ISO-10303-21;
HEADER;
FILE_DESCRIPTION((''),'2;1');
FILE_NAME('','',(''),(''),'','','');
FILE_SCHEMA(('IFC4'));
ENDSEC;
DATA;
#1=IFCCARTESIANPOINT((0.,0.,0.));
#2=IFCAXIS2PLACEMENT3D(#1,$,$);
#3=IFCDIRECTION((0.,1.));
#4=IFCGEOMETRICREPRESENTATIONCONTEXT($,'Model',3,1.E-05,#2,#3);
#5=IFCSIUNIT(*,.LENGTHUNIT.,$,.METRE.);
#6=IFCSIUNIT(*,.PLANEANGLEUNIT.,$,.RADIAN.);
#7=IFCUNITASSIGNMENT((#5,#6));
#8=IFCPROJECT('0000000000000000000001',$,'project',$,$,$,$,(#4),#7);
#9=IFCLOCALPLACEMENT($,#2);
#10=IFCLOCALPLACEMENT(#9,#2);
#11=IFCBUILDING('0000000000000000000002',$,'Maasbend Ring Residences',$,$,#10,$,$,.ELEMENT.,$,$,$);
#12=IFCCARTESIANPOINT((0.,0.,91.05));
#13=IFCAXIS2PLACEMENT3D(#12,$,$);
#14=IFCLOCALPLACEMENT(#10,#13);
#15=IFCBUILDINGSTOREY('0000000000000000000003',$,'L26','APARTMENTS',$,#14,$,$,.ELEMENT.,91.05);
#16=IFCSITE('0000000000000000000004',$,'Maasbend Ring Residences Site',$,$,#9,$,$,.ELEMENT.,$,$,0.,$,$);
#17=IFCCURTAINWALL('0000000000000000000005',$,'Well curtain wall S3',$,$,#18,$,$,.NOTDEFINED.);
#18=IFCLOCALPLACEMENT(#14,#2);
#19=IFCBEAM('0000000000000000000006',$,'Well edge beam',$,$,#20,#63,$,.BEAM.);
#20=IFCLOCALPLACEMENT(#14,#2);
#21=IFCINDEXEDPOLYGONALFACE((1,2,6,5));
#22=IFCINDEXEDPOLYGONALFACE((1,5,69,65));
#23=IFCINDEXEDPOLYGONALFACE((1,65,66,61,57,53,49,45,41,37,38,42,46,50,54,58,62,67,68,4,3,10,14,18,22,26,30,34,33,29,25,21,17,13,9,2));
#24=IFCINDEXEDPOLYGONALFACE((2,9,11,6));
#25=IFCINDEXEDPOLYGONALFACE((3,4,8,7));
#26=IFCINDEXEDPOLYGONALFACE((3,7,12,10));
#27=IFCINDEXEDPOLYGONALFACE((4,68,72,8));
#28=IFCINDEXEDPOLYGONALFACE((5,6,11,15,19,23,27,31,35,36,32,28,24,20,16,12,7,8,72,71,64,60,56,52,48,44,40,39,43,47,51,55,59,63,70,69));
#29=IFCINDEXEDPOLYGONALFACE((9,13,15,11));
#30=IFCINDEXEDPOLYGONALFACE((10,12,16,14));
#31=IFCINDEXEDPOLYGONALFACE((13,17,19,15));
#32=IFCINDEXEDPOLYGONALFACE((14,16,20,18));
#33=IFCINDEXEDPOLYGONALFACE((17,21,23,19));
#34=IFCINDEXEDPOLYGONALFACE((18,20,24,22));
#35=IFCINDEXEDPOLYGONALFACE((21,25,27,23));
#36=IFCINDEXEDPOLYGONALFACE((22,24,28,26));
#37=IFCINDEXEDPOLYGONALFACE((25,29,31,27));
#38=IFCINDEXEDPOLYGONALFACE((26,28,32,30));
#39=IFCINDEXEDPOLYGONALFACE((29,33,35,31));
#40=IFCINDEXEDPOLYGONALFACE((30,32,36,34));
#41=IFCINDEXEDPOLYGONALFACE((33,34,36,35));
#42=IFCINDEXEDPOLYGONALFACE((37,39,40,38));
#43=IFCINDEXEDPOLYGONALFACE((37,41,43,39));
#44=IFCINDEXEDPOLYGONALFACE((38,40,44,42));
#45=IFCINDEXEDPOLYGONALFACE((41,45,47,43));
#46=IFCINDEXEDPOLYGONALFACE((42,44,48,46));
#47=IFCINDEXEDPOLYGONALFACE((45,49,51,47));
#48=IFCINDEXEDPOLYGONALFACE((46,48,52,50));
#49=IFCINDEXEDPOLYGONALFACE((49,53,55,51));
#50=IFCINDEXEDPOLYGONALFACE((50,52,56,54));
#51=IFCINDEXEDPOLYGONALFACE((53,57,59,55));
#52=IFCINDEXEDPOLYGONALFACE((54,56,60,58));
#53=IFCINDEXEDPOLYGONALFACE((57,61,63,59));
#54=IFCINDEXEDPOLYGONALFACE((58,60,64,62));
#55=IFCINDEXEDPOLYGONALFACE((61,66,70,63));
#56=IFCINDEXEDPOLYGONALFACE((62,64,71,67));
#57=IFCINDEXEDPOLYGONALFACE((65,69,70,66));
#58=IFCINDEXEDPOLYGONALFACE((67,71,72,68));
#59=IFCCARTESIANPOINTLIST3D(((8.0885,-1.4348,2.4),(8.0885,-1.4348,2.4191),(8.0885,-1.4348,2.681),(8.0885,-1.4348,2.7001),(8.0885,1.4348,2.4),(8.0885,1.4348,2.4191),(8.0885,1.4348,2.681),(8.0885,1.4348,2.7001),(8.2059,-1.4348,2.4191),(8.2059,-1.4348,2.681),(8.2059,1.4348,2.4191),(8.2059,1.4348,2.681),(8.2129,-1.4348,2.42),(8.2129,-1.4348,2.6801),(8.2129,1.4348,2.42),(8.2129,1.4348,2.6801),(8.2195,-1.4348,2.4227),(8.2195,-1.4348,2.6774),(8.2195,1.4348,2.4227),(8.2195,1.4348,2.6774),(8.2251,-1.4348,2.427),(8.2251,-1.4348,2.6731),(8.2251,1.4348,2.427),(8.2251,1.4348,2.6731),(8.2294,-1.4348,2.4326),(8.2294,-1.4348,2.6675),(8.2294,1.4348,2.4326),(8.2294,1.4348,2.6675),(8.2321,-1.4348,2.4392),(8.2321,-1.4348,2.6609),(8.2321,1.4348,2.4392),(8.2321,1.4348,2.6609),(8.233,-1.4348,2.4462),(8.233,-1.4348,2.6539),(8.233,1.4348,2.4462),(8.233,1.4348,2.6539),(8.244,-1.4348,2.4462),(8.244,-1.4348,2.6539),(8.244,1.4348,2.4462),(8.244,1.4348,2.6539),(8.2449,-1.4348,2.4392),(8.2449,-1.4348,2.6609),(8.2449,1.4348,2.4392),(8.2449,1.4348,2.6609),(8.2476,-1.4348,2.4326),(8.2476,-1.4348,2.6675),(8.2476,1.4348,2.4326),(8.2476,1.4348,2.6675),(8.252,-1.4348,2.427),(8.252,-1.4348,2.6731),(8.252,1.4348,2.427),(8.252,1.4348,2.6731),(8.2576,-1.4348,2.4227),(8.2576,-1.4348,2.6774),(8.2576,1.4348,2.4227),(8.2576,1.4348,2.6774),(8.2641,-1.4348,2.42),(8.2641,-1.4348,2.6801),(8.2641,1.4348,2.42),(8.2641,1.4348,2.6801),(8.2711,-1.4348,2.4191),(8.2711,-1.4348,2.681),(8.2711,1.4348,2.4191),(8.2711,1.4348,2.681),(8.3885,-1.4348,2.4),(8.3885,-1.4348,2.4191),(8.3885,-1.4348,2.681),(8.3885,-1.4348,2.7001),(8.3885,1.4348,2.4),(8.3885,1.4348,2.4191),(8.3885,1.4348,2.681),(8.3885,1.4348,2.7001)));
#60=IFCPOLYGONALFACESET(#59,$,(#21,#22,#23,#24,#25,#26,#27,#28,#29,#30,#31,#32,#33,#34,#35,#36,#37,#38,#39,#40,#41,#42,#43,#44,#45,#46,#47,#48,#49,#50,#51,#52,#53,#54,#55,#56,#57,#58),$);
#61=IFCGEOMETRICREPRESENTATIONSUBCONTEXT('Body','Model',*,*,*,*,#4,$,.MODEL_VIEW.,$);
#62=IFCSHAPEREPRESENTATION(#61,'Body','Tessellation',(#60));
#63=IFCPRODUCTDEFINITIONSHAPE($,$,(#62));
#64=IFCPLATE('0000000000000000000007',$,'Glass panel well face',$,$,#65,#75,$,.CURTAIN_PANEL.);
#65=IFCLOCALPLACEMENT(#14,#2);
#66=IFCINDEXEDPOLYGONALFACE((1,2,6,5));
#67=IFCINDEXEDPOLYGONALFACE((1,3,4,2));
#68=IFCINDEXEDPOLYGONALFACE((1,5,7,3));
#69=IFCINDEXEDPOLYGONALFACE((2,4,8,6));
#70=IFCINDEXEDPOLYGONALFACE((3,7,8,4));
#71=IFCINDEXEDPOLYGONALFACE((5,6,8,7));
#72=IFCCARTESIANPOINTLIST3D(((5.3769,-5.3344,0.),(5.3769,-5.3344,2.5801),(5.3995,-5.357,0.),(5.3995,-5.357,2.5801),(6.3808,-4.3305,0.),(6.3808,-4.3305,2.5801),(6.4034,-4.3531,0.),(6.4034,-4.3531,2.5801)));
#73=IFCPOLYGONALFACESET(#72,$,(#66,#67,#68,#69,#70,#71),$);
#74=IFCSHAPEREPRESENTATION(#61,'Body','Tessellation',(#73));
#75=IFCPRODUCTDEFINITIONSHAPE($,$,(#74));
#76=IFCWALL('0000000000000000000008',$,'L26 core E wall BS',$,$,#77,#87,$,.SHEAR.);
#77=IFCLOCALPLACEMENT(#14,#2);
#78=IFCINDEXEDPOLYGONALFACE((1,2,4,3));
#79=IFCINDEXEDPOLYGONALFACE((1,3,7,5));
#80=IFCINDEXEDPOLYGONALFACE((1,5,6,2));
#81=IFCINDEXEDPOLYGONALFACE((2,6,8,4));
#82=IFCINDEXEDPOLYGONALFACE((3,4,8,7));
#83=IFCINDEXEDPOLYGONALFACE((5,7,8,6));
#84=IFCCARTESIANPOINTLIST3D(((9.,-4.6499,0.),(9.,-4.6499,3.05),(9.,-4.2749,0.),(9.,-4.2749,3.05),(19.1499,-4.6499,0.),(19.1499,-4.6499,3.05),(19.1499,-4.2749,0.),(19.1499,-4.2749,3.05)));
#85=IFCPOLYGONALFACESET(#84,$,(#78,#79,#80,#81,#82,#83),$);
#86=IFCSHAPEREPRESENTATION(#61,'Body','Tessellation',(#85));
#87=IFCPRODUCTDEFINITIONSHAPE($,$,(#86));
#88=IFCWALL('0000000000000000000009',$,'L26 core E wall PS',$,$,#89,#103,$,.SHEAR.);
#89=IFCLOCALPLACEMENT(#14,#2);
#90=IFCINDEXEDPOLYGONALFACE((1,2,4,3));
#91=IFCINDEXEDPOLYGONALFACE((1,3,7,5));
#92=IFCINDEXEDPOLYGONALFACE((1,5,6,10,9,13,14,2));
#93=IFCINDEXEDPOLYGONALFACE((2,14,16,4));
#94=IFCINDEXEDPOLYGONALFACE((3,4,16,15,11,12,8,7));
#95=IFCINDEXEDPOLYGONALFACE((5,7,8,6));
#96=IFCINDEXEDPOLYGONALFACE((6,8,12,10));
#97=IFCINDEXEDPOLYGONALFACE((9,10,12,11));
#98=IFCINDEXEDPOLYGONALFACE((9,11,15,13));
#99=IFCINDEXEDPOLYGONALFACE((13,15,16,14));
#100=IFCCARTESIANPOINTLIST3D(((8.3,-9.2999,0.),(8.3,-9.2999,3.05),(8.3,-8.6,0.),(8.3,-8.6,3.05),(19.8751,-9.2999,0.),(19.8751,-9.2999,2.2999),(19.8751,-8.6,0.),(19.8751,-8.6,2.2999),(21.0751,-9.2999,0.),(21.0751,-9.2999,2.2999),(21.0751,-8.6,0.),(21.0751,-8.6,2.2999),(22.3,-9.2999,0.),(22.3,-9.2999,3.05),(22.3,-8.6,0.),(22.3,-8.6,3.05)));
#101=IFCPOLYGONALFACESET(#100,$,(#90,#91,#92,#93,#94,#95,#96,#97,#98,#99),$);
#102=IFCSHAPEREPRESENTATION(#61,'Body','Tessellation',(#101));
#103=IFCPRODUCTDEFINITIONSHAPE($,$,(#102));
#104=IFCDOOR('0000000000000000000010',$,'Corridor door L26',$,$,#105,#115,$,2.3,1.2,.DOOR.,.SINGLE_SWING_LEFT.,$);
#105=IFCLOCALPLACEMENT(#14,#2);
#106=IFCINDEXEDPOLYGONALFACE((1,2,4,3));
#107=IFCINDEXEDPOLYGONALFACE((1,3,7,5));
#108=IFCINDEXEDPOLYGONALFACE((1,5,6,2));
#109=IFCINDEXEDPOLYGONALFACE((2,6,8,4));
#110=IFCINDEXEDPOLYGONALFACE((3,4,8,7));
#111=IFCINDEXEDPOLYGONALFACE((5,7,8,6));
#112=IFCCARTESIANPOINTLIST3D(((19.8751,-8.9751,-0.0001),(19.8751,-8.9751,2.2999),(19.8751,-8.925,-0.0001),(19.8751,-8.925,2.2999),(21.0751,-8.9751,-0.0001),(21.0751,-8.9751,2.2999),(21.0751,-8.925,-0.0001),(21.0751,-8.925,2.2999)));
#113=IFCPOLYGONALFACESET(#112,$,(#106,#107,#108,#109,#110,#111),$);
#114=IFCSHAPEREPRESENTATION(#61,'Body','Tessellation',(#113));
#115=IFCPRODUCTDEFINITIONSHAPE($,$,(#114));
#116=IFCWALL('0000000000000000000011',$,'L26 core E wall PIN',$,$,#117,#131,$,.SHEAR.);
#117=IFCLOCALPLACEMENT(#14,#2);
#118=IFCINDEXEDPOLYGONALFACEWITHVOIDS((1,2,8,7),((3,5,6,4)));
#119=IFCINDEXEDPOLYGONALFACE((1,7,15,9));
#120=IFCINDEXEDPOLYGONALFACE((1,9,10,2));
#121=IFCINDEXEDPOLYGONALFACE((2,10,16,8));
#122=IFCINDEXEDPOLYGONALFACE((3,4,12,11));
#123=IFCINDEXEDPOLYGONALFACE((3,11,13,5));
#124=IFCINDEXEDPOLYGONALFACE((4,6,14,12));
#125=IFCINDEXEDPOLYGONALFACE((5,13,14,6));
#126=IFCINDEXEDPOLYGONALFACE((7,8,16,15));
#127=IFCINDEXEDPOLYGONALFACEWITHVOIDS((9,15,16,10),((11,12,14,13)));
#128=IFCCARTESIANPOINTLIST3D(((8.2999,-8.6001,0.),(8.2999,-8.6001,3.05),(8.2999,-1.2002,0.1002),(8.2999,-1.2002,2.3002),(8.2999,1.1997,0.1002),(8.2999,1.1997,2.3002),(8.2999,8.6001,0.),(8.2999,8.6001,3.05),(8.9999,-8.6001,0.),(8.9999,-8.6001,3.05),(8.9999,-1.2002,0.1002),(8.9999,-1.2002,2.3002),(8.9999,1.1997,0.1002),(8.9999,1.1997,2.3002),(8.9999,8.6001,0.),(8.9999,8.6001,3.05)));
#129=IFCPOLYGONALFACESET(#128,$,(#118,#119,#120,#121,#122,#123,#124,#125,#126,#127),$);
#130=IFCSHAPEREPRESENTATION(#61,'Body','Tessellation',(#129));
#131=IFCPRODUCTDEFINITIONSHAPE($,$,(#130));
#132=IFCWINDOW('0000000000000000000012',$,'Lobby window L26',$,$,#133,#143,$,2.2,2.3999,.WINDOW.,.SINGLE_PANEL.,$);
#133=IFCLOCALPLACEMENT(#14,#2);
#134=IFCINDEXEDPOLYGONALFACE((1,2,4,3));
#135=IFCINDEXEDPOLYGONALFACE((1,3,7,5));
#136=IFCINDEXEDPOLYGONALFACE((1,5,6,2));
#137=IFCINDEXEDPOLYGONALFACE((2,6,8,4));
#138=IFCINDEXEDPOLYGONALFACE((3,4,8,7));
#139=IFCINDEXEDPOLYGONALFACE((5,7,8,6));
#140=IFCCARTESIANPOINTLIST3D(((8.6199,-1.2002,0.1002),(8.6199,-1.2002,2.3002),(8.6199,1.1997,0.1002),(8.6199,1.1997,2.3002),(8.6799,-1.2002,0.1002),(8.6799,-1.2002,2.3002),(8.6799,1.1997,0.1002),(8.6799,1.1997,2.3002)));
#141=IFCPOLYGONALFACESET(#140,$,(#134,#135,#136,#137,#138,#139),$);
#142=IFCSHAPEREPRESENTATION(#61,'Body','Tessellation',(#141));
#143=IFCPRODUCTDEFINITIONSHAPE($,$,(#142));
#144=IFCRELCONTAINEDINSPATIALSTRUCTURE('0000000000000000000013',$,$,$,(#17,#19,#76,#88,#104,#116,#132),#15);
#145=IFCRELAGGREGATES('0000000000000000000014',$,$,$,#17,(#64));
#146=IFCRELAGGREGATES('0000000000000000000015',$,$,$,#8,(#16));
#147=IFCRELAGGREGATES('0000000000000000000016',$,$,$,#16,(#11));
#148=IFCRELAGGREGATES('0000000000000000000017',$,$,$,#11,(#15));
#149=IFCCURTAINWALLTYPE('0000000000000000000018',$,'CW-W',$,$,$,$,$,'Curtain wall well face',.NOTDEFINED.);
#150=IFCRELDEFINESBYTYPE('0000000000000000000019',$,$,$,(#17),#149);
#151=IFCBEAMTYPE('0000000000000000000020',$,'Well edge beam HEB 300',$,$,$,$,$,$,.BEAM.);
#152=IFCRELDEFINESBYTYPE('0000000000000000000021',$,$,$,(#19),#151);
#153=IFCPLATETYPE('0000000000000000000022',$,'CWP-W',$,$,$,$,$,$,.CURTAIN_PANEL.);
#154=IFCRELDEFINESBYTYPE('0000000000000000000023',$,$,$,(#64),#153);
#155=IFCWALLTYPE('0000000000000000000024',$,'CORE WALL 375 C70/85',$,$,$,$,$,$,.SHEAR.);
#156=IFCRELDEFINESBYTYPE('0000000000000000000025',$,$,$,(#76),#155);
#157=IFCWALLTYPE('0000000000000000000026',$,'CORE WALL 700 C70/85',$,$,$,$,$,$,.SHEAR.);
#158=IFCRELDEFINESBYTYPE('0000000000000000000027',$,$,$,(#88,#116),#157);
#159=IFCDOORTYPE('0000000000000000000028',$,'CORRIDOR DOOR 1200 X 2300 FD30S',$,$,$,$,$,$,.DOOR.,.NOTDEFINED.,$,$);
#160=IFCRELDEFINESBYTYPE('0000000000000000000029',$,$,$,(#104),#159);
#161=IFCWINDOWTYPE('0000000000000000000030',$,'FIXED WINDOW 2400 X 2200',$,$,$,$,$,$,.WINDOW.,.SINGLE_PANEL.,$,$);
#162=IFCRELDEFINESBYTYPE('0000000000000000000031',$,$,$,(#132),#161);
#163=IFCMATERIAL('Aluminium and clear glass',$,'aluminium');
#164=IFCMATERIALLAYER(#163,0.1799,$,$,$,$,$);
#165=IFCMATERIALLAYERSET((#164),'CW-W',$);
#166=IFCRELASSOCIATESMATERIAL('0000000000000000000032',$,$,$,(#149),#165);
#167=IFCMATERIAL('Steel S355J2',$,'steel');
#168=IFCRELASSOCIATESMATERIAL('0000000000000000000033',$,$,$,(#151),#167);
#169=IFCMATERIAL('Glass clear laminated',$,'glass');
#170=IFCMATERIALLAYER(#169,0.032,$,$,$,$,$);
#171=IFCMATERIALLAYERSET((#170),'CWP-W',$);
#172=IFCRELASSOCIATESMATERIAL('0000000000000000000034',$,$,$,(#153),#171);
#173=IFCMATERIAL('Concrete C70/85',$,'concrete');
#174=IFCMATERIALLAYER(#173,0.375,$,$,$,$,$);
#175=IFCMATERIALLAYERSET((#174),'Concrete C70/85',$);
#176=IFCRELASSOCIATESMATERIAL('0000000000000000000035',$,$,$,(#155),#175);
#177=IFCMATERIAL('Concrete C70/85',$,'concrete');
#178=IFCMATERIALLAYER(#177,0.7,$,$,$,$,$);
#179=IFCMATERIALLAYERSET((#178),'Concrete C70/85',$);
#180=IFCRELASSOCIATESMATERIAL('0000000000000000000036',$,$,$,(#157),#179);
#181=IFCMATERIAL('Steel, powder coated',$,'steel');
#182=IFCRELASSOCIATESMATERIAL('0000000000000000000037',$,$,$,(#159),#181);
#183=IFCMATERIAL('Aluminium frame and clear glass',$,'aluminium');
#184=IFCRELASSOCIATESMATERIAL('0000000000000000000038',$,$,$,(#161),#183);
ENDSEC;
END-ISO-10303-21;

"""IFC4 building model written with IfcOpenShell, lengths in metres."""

from ifc_helpers import new_model, si_unit, direction, frame, frame_2d, origin, origin_2d, place, context, subcontext, project, spatial, rectangle, i_section, extrude, material, layer, layer_set, material_profile, profile_set, type_object, element, fill, aggregate, save


model = new_model("IFC4")

# Units and contexts
model_context = context("Model", 3, precision=1e-05, world=origin(), true_north=direction((0.0, 1.0)))
body_context = subcontext(model_context, "Body", "Model", "MODEL_VIEW")
ifc_project = project(units=[si_unit("LENGTHUNIT", "METRE"), si_unit("PLANEANGLEUNIT", "RADIAN")], contexts=[model_context])

# Site, building, storey
site_placement = place(None, origin())
site = spatial("IfcSite", under=ifc_project, at=site_placement, Name="Maasbend Ring Residences Site", CompositionType="ELEMENT", RefElevation=0.0)
building_placement = place(site_placement, origin())
building = spatial("IfcBuilding", under=site, at=building_placement, Name="Maasbend Ring Residences", CompositionType="ELEMENT")
storey_placement = place(building_placement, frame((0.0, 0.0, 91.05)))
storey = spatial("IfcBuildingStorey", under=building, at=storey_placement, Name="L26", Description="APARTMENTS", CompositionType="ELEMENT", Elevation=91.05)

# Curtain wall
ifc_material_1 = material(Name="Aluminium and clear glass", Category="aluminium")
ifc_layer_1 = layer(ifc_material_1, 0.1799)
ifc_layer_set_1 = layer_set([ifc_layer_1], Name="CW-W")
curtain_wall_type = type_object("IfcCurtainWallType", Name="CW-W", ElementType="Curtain wall well face", PredefinedType="NOTDEFINED", material=ifc_layer_set_1)
curtain_wall_placement = place(storey_placement, origin())
curtain_wall = element("IfcCurtainWall", 1, at=curtain_wall_placement, inside=storey, type_object=curtain_wall_type, Name="Well curtain wall S3", PredefinedType="NOTDEFINED")

# Beam
ifc_material_2 = material(Name="Steel S355J2", Category="steel")
ifc_material_profile_1 = material_profile(ifc_material_2, i_section(OverallWidth=0.3, OverallDepth=0.3, WebThickness=0.011, FlangeThickness=0.019, FilletRadius=0.0271, at=origin_2d()), Name="HEB 300")
ifc_profile_set_1 = profile_set([ifc_material_profile_1], Name="Steel S355J2")
beam_type = type_object("IfcBeamType", Name="Well edge beam HEB 300", PredefinedType="BEAM", material=ifc_profile_set_1)
beam_1_placement = place(storey_placement, frame((8.2385, -1.4348, 2.55), z_axis=(0.0, 1.0, 0.0), x_axis=(-1.0, 0.0, 0.0)))
element("IfcBeam", 2, at=beam_1_placement, inside=storey, type_object=beam_type, Name="Well edge beam", PredefinedType="BEAM", context=body_context, shape_type="SweptSolid", body=[
    extrude(i_section(OverallWidth=0.3, OverallDepth=0.3, WebThickness=0.011, FlangeThickness=0.019, FilletRadius=0.0271, at=origin_2d()), origin(), (0.0, 0.0, 1.0), 2.8696),
])

# Plate
ifc_material_3 = material(Name="Glass clear laminated", Category="glass")
ifc_layer_2 = layer(ifc_material_3, 0.032)
ifc_layer_set_2 = layer_set([ifc_layer_2], Name="CWP-W")
plate_type = type_object("IfcPlateType", Name="CWP-W", PredefinedType="CURTAIN_PANEL", material=ifc_layer_set_2)
plate_placement = place(storey_placement, frame((5.8901, -4.8438, 0.0), z_axis=(0.0, 0.0, 1.0), x_axis=(0.707107, 0.707107, 0.0)))
plate = element("IfcPlate", 3, at=plate_placement, type_object=plate_type, Name="Glass panel well face", PredefinedType="CURTAIN_PANEL", context=body_context, shape_type="SweptSolid", body=[
    extrude(rectangle(XDim=1.4197, YDim=0.032, at=origin_2d()), origin(), (0.0, 0.0, 1.0), 2.5801),
])
aggregate(curtain_wall, [plate])

# Wall
ifc_material_4 = material(Name="Concrete C70/85", Category="concrete")
ifc_layer_3 = layer(ifc_material_4, 0.375)
ifc_layer_set_3 = layer_set([ifc_layer_3], Name="Concrete C70/85")
wall_type_1 = type_object("IfcWallType", Name="CORE WALL 375 C70/85", PredefinedType="SHEAR", material=ifc_layer_set_3)
wall_1_placement = place(storey_placement, frame((9.0, -4.4624, 0.0), z_axis=(0.0, 0.0, 1.0), x_axis=(1.0, 0.0, 0.0)))
element("IfcWall", 4, at=wall_1_placement, inside=storey, type_object=wall_type_1, Name="L26 core E wall BS", PredefinedType="SHEAR", context=body_context, shape_type="SweptSolid", body=[
    extrude(rectangle(XDim=10.1499, YDim=0.375, at=frame_2d((5.075, 0.0))), origin(), (0.0, 0.0, 1.0), 3.05),
])

# Wall, opening, door
ifc_material_5 = material(Name="Concrete C70/85", Category="concrete")
ifc_layer_4 = layer(ifc_material_5, 0.7)
ifc_layer_set_4 = layer_set([ifc_layer_4], Name="Concrete C70/85")
wall_type_2 = type_object("IfcWallType", Name="CORE WALL 700 C70/85", PredefinedType="SHEAR", material=ifc_layer_set_4)
wall_2_placement = place(storey_placement, frame((8.3, -8.95, 0.0), z_axis=(0.0, 0.0, 1.0), x_axis=(1.0, 0.0, 0.0)))
wall_2 = element("IfcWall", 5, at=wall_2_placement, inside=storey, type_object=wall_type_2, Name="L26 core E wall PS", PredefinedType="SHEAR", context=body_context, shape_type="SweptSolid", body=[
    extrude(rectangle(XDim=14.0, YDim=0.7, at=frame_2d((7.0, 0.0))), origin(), (0.0, 0.0, 1.0), 3.05),
])
opening_1_placement = place(wall_2_placement, frame((11.575, 0.0, 0.0)))
opening_1 = element("IfcOpeningElement", 6, at=opening_1_placement, cuts=wall_2, PredefinedType="OPENING", context=body_context, shape_type="SweptSolid", body=[
    extrude(rectangle(XDim=1.2, YDim=2.3, at=frame_2d((0.6001, 1.1499))), frame((0.0, 0.3599, 0.0), z_axis=(0.0, -1.0, 0.0), x_axis=(1.0, 0.0, 0.0)), (0.0, 0.0, 1.0), 0.72),
])
ifc_material_6 = material(Name="Steel, powder coated", Category="steel")
door_type_1 = type_object("IfcDoorType", Name="CORRIDOR DOOR 1200 X 2300 FD30S", OperationType="NOTDEFINED", PredefinedType="DOOR", material=ifc_material_6)
door_1_placement = place(opening_1_placement, origin())
door_1 = element("IfcDoor", 7, at=door_1_placement, inside=storey, type_object=door_type_1, Name="Corridor door L26", OperationType="SINGLE_SWING_LEFT", OverallHeight=2.3, OverallWidth=1.2, PredefinedType="DOOR", context=body_context, shape_type="SweptSolid", body=[
    extrude(rectangle(XDim=1.2, YDim=2.3, at=frame_2d((0.6001, 1.1499))), frame((0.0, 0.0249, 0.0), z_axis=(0.0, -1.0, 0.0), x_axis=(1.0, 0.0, 0.0)), (0.0, 0.0, 1.0), 0.05),
])
fill(opening_1, door_1)

# Wall, opening, window
wall_3_placement = place(storey_placement, frame((8.6499, -8.6001, 0.0), z_axis=(0.0, 0.0, 1.0), x_axis=(0.0, 1.0, 0.0)))
wall_3 = element("IfcWall", 8, at=wall_3_placement, inside=storey, type_object=wall_type_2, Name="L26 core E wall PIN", PredefinedType="SHEAR", context=body_context, shape_type="SweptSolid", body=[
    extrude(rectangle(XDim=17.2002, YDim=0.7, at=frame_2d((8.6001, 0.0))), origin(), (0.0, 0.0, 1.0), 3.05),
])
opening_2_placement = place(wall_3_placement, frame((7.3999, 0.0, 0.1001)))
opening_2 = element("IfcOpeningElement", 9, at=opening_2_placement, cuts=wall_3, PredefinedType="OPENING", context=body_context, shape_type="SweptSolid", body=[
    extrude(rectangle(XDim=2.3999, YDim=2.2, at=frame_2d((1.2, 1.1001))), frame((0.0, 0.3599, 0.0), z_axis=(0.0, -1.0, 0.0), x_axis=(1.0, 0.0, 0.0)), (0.0, 0.0, 1.0), 0.72),
])
ifc_material_7 = material(Name="Aluminium frame and clear glass", Category="aluminium")
window_type = type_object("IfcWindowType", Name="FIXED WINDOW 2400 X 2200", PartitioningType="SINGLE_PANEL", PredefinedType="WINDOW", material=ifc_material_7)
window_placement = place(opening_2_placement, origin())
window = element("IfcWindow", 10, at=window_placement, inside=storey, type_object=window_type, Name="Lobby window L26", OverallHeight=2.2, OverallWidth=2.3999, PartitioningType="SINGLE_PANEL", PredefinedType="WINDOW", context=body_context, shape_type="SweptSolid", body=[
    extrude(rectangle(XDim=2.3999, YDim=2.2, at=frame_2d((1.2, 1.1001))), frame((0.0, 0.03, 0.0), z_axis=(0.0, -1.0, 0.0), x_axis=(1.0, 0.0, 0.0)), (0.0, 0.0, 1.0), 0.0601),
])
fill(opening_2, window)

save(model, "model.ifc")
